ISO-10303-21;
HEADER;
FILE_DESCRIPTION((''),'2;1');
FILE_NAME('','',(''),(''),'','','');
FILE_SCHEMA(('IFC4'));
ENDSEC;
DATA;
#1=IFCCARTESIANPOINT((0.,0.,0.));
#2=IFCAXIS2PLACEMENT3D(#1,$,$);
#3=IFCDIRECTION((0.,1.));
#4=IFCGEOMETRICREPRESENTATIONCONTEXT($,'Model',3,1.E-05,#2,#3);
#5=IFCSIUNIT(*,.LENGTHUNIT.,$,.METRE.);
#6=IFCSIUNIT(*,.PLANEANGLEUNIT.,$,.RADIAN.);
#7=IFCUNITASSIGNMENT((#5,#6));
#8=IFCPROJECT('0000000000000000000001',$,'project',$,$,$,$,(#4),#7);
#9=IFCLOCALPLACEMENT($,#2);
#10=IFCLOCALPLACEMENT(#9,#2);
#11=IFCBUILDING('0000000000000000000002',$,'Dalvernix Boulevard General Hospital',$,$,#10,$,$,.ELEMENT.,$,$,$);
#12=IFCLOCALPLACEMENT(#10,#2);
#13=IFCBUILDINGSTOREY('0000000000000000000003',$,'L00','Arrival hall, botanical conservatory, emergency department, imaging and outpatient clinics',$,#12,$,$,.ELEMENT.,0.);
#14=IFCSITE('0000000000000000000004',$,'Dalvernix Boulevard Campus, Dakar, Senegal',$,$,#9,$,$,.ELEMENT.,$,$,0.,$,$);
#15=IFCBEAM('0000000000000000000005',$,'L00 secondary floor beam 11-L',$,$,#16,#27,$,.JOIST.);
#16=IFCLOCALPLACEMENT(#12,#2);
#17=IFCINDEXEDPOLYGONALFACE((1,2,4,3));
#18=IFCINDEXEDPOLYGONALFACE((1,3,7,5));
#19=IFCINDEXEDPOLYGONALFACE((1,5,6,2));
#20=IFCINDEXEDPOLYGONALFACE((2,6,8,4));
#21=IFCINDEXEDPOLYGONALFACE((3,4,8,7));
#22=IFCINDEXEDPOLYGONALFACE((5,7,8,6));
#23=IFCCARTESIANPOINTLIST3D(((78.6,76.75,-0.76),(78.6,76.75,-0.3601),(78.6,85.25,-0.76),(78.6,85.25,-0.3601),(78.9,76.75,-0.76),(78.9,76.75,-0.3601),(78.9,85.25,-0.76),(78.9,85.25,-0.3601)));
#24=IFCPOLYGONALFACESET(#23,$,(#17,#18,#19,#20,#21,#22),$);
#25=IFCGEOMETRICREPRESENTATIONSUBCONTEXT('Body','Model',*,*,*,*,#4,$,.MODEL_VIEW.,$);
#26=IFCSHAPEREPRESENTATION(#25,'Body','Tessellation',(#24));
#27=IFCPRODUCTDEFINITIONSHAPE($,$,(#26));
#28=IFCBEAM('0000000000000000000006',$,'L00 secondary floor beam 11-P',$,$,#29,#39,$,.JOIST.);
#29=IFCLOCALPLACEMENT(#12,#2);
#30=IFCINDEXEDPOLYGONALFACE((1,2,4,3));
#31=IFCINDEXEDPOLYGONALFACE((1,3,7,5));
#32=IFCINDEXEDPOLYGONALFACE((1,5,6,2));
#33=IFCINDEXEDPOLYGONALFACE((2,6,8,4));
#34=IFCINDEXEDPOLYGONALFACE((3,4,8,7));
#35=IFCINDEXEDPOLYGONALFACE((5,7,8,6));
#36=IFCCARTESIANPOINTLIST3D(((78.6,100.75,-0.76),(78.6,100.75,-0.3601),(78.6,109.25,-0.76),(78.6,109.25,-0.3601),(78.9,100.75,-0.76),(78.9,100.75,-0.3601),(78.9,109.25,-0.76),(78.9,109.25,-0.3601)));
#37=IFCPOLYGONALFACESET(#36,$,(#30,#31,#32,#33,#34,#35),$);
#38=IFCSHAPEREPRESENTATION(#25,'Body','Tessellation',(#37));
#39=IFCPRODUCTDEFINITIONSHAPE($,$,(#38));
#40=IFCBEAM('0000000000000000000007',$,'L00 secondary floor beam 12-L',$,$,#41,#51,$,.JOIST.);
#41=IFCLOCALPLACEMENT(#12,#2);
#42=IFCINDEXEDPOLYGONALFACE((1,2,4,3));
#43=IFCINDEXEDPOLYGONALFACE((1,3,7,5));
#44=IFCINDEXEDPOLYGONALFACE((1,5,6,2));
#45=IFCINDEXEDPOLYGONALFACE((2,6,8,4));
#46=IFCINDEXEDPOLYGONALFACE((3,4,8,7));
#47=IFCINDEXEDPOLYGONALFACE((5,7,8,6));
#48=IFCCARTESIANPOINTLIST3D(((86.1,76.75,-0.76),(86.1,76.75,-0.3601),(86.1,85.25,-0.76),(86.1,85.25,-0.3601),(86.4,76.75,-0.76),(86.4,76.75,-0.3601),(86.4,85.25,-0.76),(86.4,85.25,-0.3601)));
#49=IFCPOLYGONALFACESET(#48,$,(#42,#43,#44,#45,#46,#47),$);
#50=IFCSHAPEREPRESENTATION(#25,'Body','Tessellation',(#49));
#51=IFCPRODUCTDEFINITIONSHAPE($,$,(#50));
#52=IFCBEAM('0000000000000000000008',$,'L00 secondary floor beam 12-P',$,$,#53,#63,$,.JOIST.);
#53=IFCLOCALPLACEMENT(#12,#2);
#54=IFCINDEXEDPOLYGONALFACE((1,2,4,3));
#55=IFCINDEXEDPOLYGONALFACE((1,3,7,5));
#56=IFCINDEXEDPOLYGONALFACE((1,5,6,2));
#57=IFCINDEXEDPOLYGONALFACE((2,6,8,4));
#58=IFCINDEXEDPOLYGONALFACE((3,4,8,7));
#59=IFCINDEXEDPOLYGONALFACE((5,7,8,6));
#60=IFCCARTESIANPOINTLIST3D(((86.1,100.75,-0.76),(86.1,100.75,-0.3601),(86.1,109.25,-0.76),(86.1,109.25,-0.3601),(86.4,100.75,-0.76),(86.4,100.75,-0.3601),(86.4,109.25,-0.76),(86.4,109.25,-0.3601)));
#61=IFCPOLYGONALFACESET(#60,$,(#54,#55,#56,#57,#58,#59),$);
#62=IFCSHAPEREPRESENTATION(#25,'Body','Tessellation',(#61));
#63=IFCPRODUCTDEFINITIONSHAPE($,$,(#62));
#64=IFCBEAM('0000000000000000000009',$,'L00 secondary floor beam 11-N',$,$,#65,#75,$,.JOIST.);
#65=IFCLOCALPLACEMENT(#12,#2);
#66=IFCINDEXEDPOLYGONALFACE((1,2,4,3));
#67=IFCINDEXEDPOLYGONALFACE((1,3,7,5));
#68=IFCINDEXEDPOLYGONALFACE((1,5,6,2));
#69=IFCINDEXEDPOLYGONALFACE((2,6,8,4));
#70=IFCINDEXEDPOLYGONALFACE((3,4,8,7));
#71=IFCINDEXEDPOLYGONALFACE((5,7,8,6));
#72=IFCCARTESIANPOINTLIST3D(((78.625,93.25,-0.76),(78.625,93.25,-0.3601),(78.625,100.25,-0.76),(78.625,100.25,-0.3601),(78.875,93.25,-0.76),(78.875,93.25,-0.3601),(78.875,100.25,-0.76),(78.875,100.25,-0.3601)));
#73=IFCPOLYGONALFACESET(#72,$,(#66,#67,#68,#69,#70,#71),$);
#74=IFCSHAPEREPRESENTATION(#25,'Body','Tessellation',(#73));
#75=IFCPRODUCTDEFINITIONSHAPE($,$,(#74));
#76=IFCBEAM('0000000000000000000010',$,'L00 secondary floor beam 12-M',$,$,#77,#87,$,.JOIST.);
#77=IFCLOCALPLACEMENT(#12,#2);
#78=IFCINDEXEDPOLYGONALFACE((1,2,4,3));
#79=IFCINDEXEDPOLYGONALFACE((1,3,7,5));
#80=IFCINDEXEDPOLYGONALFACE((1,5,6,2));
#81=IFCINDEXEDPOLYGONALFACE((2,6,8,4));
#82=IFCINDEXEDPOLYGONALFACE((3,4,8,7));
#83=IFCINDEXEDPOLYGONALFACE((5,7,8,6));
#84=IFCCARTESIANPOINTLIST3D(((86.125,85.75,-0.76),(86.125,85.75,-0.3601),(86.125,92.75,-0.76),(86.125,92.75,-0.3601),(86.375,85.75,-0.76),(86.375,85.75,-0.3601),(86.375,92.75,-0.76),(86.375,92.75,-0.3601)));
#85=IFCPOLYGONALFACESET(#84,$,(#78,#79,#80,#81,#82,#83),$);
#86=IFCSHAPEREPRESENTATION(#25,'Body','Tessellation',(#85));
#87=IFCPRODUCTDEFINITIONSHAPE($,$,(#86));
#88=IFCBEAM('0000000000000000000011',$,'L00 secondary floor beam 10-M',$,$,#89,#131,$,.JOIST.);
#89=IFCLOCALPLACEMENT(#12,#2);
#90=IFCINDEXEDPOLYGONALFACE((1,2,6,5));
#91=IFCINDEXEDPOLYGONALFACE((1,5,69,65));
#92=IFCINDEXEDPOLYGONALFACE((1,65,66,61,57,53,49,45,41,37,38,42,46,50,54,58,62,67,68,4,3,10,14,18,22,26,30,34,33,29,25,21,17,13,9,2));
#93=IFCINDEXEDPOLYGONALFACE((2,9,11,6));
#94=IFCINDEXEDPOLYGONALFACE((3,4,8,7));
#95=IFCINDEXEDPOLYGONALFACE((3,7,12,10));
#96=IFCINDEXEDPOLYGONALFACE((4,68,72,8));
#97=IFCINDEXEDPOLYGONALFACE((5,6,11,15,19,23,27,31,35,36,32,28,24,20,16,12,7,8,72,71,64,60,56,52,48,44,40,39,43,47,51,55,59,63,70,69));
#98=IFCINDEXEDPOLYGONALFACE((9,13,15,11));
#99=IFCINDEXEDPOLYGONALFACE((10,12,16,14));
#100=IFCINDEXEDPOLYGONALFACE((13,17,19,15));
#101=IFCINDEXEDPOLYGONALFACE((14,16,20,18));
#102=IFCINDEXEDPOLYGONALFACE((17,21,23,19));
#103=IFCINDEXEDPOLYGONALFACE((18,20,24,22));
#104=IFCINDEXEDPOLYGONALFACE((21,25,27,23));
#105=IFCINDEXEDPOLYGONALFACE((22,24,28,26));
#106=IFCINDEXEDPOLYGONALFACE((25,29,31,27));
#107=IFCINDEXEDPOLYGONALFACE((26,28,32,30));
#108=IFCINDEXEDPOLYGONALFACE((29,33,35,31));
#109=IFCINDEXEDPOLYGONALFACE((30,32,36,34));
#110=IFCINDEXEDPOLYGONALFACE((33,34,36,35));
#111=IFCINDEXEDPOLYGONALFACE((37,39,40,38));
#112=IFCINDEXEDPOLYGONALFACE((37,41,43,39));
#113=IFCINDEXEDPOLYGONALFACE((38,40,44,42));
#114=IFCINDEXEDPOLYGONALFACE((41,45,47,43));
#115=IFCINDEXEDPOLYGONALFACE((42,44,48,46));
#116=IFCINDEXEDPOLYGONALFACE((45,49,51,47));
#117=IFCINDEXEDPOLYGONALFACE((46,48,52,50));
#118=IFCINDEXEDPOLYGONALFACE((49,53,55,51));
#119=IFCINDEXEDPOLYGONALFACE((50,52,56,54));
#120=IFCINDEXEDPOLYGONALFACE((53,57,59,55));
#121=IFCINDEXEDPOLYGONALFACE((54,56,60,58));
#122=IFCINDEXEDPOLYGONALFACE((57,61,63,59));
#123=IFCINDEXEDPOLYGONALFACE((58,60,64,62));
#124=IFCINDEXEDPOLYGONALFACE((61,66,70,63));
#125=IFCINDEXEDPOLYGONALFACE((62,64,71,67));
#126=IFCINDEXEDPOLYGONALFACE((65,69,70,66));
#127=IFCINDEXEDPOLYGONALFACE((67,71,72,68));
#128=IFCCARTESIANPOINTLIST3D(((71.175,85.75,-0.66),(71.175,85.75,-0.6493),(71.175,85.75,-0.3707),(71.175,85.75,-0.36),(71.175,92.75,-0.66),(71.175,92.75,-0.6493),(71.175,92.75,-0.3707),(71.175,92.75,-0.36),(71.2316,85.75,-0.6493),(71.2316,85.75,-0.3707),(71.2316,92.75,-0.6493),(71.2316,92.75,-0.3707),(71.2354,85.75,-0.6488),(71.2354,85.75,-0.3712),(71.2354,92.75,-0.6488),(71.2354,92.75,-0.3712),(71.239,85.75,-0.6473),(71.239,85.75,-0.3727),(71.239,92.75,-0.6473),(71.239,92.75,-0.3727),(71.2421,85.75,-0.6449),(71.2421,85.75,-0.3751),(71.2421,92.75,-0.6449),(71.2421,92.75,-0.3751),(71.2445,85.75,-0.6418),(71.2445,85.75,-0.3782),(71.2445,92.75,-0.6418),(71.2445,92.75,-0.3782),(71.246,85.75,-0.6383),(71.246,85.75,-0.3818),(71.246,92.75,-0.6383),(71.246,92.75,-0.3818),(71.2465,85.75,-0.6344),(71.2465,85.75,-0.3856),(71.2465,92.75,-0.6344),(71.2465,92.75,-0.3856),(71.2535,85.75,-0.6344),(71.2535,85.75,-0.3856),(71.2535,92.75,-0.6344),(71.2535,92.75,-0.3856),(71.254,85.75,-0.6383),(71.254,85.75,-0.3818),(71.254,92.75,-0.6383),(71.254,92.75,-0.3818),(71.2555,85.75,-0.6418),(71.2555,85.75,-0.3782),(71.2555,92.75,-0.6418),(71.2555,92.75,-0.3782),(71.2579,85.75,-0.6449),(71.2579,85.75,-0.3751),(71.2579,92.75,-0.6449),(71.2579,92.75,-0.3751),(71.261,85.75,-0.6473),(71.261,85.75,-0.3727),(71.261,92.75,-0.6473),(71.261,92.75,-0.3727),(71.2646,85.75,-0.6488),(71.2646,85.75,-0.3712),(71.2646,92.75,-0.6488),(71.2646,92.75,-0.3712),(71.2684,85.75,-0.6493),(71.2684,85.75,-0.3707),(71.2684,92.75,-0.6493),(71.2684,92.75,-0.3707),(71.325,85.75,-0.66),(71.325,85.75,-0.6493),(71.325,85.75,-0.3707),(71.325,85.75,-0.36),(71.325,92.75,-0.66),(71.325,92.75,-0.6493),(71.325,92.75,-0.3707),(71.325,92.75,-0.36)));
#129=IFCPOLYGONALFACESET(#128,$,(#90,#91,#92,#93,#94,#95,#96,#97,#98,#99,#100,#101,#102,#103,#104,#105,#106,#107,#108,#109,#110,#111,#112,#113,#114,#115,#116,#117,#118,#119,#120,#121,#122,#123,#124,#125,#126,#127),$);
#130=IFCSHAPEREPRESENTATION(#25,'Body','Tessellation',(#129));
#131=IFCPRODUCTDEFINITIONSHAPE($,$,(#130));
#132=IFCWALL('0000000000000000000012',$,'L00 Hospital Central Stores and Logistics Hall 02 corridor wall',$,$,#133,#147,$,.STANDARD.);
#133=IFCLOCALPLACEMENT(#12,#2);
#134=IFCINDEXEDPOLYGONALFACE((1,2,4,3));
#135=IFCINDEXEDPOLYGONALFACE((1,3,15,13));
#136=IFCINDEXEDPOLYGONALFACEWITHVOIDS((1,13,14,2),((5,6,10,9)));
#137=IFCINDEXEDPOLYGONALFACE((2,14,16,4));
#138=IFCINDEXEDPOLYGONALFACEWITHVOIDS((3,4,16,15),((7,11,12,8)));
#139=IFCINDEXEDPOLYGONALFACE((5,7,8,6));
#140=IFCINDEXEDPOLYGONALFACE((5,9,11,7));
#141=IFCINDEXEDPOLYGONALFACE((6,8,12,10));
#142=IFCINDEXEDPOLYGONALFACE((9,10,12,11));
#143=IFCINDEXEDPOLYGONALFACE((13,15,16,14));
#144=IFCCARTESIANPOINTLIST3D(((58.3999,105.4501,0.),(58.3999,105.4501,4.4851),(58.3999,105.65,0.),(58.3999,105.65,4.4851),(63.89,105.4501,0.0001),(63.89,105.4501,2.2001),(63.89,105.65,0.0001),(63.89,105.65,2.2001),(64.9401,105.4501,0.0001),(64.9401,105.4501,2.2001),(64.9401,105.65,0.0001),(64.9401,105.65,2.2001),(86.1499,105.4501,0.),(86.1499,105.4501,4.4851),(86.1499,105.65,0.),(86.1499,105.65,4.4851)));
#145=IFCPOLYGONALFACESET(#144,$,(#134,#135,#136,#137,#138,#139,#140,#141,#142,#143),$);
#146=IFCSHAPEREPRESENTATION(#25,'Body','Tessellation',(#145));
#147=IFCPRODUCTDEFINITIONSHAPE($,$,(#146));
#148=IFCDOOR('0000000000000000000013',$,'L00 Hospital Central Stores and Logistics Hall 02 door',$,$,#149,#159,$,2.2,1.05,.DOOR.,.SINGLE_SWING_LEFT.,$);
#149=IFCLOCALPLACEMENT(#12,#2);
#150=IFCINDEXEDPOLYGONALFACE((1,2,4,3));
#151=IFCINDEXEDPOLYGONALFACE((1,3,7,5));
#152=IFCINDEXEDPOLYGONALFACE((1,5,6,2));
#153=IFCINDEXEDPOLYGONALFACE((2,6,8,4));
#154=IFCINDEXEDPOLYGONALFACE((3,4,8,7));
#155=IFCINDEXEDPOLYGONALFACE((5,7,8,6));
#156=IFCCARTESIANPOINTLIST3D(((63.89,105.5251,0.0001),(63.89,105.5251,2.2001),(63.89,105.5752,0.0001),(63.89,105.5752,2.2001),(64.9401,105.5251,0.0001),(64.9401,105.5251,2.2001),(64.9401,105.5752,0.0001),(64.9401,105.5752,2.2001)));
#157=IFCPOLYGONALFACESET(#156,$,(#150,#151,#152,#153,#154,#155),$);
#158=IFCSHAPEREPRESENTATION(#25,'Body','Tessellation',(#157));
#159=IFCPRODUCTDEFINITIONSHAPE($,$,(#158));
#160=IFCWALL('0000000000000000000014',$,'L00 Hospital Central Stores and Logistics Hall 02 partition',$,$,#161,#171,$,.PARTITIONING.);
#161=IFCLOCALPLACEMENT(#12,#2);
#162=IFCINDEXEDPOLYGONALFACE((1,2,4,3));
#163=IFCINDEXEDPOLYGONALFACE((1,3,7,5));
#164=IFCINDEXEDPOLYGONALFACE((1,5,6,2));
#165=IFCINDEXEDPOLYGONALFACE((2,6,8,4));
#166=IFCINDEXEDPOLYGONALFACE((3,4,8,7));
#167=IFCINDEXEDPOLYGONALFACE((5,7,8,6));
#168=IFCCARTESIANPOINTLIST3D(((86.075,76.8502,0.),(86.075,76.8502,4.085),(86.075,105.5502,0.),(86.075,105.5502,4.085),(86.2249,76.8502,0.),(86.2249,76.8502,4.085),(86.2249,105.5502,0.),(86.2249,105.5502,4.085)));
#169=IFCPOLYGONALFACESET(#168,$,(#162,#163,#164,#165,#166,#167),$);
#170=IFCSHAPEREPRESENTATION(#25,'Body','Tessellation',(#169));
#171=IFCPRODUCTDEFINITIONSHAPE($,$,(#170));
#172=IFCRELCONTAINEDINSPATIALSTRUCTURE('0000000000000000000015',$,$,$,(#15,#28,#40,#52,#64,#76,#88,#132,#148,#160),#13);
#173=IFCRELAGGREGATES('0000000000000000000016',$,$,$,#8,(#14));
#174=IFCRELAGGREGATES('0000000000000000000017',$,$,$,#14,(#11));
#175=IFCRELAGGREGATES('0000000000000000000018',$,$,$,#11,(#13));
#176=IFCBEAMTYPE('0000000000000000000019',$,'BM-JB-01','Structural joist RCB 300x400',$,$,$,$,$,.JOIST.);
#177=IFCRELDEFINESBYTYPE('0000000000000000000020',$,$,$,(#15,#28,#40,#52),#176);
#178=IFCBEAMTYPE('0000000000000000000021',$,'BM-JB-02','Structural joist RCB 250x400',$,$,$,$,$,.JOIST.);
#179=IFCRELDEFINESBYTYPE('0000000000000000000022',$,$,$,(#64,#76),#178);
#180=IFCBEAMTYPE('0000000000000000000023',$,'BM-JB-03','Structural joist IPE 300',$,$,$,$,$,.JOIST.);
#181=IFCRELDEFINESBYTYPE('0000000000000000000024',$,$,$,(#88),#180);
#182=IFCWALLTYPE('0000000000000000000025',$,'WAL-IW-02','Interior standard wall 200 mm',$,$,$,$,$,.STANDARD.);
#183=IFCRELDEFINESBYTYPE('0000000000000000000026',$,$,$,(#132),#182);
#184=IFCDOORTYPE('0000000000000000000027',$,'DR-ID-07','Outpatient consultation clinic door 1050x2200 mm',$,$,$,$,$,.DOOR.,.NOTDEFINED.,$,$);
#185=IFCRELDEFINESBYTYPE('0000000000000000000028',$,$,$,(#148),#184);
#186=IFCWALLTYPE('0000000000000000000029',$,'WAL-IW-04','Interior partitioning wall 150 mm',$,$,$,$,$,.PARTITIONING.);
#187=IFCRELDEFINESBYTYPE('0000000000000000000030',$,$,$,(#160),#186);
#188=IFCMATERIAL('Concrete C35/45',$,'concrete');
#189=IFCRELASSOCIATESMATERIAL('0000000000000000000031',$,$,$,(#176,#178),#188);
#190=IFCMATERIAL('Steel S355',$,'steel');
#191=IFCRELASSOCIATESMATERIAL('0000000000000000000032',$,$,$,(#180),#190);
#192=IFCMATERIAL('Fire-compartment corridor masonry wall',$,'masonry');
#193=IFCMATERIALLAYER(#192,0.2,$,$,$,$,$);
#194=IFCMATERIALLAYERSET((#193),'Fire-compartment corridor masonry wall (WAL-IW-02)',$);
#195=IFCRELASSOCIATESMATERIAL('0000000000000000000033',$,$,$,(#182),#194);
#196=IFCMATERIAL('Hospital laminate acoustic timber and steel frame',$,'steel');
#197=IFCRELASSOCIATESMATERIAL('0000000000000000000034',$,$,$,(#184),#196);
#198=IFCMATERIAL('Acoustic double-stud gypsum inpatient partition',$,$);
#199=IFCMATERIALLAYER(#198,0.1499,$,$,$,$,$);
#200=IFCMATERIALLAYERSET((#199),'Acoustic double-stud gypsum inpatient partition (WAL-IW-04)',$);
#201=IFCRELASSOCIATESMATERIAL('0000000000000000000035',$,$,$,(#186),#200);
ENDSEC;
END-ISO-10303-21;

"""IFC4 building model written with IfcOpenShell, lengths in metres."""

from ifc_helpers import new_model, si_unit, direction, frame, frame_2d, origin, origin_2d, place, context, subcontext, project, spatial, rectangle, i_section, extrude, material, layer, layer_set, material_profile, profile_set, type_object, element, fill, save


model = new_model("IFC4")

# Units and contexts
model_context = context("Model", 3, precision=1e-05, world=origin(), true_north=direction((0.0, 1.0)))
body_context = subcontext(model_context, "Body", "Model", "MODEL_VIEW")
ifc_project = project(units=[si_unit("LENGTHUNIT", "METRE"), si_unit("PLANEANGLEUNIT", "RADIAN")], contexts=[model_context])

# Site, building, storey
site_placement = place(None, origin())
site = spatial("IfcSite", under=ifc_project, at=site_placement, Name="Dalvernix Boulevard Campus, Dakar, Senegal", CompositionType="ELEMENT", RefElevation=0.0)
building_placement = place(site_placement, origin())
building = spatial("IfcBuilding", under=site, at=building_placement, Name="Dalvernix Boulevard General Hospital", CompositionType="ELEMENT")
storey_placement = place(building_placement, origin())
storey = spatial("IfcBuildingStorey", under=building, at=storey_placement, Name="L00", Description="Arrival hall, botanical conservatory, emergency department, imaging and outpatient clinics", CompositionType="ELEMENT", Elevation=0.0)

# Beams
ifc_material_1 = material(Name="Concrete C35/45", Category="concrete")
ifc_material_profile_1 = material_profile(ifc_material_1, rectangle(XDim=0.3, YDim=0.3999, at=origin_2d()), Name="RCB 300x400")
ifc_profile_set_1 = profile_set([ifc_material_profile_1], Name="Concrete C35/45")
beam_type_1 = type_object("IfcBeamType", Name="BM-JB-01", Description="Structural joist RCB 300x400", PredefinedType="JOIST", material=ifc_profile_set_1)
for number, where, z_axis, x_axis, name in (
    (1, (78.75, 76.75, -0.5601), (0.0, 1.0, 0.0), (-1.0, 0.0, 0.0), "L00 secondary floor beam 11-L"),
    (2, (78.75, 100.75, -0.5601), (0.0, 1.0, 0.0), (-1.0, 0.0, 0.0), "L00 secondary floor beam 11-P"),
    (3, (86.25, 76.75, -0.5601), (0.0, 1.0, 0.0), (-1.0, 0.0, 0.0), "L00 secondary floor beam 12-L"),
    (4, (86.25, 100.75, -0.5601), (0.0, 1.0, 0.0), (-1.0, 0.0, 0.0), "L00 secondary floor beam 12-P"),
):
    element("IfcBeam", number, at=place(storey_placement, frame(where, z_axis=z_axis, x_axis=x_axis)), inside=storey, type_object=beam_type_1, Name=name, PredefinedType="JOIST", context=body_context, shape_type="SweptSolid", body=[
        extrude(rectangle(XDim=0.3, YDim=0.3999, at=origin_2d()), origin(), (0.0, 0.0, 1.0), 8.5),
    ])
ifc_material_profile_2 = material_profile(ifc_material_1, rectangle(XDim=0.25, YDim=0.3999, at=origin_2d()), Name="RCB 250x400")
ifc_profile_set_2 = profile_set([ifc_material_profile_2], Name="Concrete C35/45")
beam_type_2 = type_object("IfcBeamType", Name="BM-JB-02", Description="Structural joist RCB 250x400", PredefinedType="JOIST", material=ifc_profile_set_2)
for number, where, z_axis, x_axis, name in (
    (5, (78.75, 93.25, -0.5601), (0.0, 1.0, 0.0), (-1.0, 0.0, 0.0), "L00 secondary floor beam 11-N"),
    (6, (86.25, 85.75, -0.5601), (0.0, 1.0, 0.0), (-1.0, 0.0, 0.0), "L00 secondary floor beam 12-M"),
):
    element("IfcBeam", number, at=place(storey_placement, frame(where, z_axis=z_axis, x_axis=x_axis)), inside=storey, type_object=beam_type_2, Name=name, PredefinedType="JOIST", context=body_context, shape_type="SweptSolid", body=[
        extrude(rectangle(XDim=0.25, YDim=0.3999, at=origin_2d()), origin(), (0.0, 0.0, 1.0), 7.0),
    ])
ifc_material_2 = material(Name="Steel S355", Category="steel")
ifc_material_profile_3 = material_profile(ifc_material_2, i_section(OverallWidth=0.1499, OverallDepth=0.3, WebThickness=0.0071, FlangeThickness=0.0107, FilletRadius=0.0149, at=origin_2d()), Name="IPE 300")
ifc_profile_set_3 = profile_set([ifc_material_profile_3], Name="Steel S355")
beam_type_3 = type_object("IfcBeamType", Name="BM-JB-03", Description="Structural joist IPE 300", PredefinedType="JOIST", material=ifc_profile_set_3)
beam_placement = place(storey_placement, frame((71.25, 85.75, -0.51), z_axis=(0.0, 1.0, 0.0), x_axis=(-1.0, 0.0, 0.0)))
element("IfcBeam", 7, at=beam_placement, inside=storey, type_object=beam_type_3, Name="L00 secondary floor beam 10-M", PredefinedType="JOIST", context=body_context, shape_type="SweptSolid", body=[
    extrude(i_section(OverallWidth=0.1499, OverallDepth=0.3, WebThickness=0.0071, FlangeThickness=0.0107, FilletRadius=0.0149, at=origin_2d()), origin(), (0.0, 0.0, 1.0), 7.0),
])

# Wall, opening, door
ifc_material_3 = material(Name="Fire-compartment corridor masonry wall", Category="masonry")
ifc_layer_1 = layer(ifc_material_3, 0.2)
ifc_layer_set_1 = layer_set([ifc_layer_1], Name="Fire-compartment corridor masonry wall (WAL-IW-02)")
wall_type_1 = type_object("IfcWallType", Name="WAL-IW-02", Description="Interior standard wall 200 mm", PredefinedType="STANDARD", material=ifc_layer_set_1)
wall_1_placement = place(storey_placement, frame((86.1499, 105.55, 0.0), z_axis=(0.0, 0.0, 1.0), x_axis=(-1.0, 0.0, 0.0)))
wall_1 = element("IfcWall", 8, at=wall_1_placement, inside=storey, type_object=wall_type_1, Name="L00 Hospital Central Stores and Logistics Hall 02 corridor wall", PredefinedType="STANDARD", context=body_context, shape_type="SweptSolid", body=[
    extrude(rectangle(XDim=27.75, YDim=0.2, at=frame_2d((13.875, 0.0))), origin(), (0.0, 0.0, 1.0), 4.4851),
])
opening_placement = place(wall_1_placement, frame((21.21, 0.0, 0.0)))
opening = element("IfcOpeningElement", 9, at=opening_placement, cuts=wall_1, PredefinedType="OPENING", context=body_context, shape_type="SweptSolid", body=[
    extrude(rectangle(XDim=1.05, YDim=2.2, at=frame_2d((0.5249, 1.1001))), frame((0.0, 0.1099, 0.0), z_axis=(0.0, -1.0, 0.0), x_axis=(1.0, 0.0, 0.0)), (0.0, 0.0, 1.0), 0.22),
])
ifc_material_4 = material(Name="Hospital laminate acoustic timber and steel frame", Category="steel")
door_type = type_object("IfcDoorType", Name="DR-ID-07", Description="Outpatient consultation clinic door 1050x2200 mm", OperationType="NOTDEFINED", PredefinedType="DOOR", material=ifc_material_4)
door_placement = place(opening_placement, origin())
door = element("IfcDoor", 10, at=door_placement, inside=storey, type_object=door_type, Name="L00 Hospital Central Stores and Logistics Hall 02 door", OperationType="SINGLE_SWING_LEFT", OverallHeight=2.2, OverallWidth=1.05, PredefinedType="DOOR", context=body_context, shape_type="SweptSolid", body=[
    extrude(rectangle(XDim=1.05, YDim=2.2, at=frame_2d((0.5249, 1.1001))), frame((0.0, 0.0249, 0.0), z_axis=(0.0, -1.0, 0.0), x_axis=(1.0, 0.0, 0.0)), (0.0, 0.0, 1.0), 0.05),
])
fill(opening, door)

# Wall
ifc_material_5 = material(Name="Acoustic double-stud gypsum inpatient partition")
ifc_layer_2 = layer(ifc_material_5, 0.1499)
ifc_layer_set_2 = layer_set([ifc_layer_2], Name="Acoustic double-stud gypsum inpatient partition (WAL-IW-04)")
wall_type_2 = type_object("IfcWallType", Name="WAL-IW-04", Description="Interior partitioning wall 150 mm", PredefinedType="PARTITIONING", material=ifc_layer_set_2)
wall_2_placement = place(storey_placement, frame((86.1499, 76.8501, 0.0), z_axis=(0.0, 0.0, 1.0), x_axis=(0.0, 1.0, 0.0)))
element("IfcWall", 11, at=wall_2_placement, inside=storey, type_object=wall_type_2, Name="L00 Hospital Central Stores and Logistics Hall 02 partition", PredefinedType="PARTITIONING", context=body_context, shape_type="SweptSolid", body=[
    extrude(rectangle(XDim=28.7, YDim=0.1499, at=frame_2d((14.3501, 0.0))), origin(), (0.0, 0.0, 1.0), 4.085),
])

save(model, "model.ifc")
